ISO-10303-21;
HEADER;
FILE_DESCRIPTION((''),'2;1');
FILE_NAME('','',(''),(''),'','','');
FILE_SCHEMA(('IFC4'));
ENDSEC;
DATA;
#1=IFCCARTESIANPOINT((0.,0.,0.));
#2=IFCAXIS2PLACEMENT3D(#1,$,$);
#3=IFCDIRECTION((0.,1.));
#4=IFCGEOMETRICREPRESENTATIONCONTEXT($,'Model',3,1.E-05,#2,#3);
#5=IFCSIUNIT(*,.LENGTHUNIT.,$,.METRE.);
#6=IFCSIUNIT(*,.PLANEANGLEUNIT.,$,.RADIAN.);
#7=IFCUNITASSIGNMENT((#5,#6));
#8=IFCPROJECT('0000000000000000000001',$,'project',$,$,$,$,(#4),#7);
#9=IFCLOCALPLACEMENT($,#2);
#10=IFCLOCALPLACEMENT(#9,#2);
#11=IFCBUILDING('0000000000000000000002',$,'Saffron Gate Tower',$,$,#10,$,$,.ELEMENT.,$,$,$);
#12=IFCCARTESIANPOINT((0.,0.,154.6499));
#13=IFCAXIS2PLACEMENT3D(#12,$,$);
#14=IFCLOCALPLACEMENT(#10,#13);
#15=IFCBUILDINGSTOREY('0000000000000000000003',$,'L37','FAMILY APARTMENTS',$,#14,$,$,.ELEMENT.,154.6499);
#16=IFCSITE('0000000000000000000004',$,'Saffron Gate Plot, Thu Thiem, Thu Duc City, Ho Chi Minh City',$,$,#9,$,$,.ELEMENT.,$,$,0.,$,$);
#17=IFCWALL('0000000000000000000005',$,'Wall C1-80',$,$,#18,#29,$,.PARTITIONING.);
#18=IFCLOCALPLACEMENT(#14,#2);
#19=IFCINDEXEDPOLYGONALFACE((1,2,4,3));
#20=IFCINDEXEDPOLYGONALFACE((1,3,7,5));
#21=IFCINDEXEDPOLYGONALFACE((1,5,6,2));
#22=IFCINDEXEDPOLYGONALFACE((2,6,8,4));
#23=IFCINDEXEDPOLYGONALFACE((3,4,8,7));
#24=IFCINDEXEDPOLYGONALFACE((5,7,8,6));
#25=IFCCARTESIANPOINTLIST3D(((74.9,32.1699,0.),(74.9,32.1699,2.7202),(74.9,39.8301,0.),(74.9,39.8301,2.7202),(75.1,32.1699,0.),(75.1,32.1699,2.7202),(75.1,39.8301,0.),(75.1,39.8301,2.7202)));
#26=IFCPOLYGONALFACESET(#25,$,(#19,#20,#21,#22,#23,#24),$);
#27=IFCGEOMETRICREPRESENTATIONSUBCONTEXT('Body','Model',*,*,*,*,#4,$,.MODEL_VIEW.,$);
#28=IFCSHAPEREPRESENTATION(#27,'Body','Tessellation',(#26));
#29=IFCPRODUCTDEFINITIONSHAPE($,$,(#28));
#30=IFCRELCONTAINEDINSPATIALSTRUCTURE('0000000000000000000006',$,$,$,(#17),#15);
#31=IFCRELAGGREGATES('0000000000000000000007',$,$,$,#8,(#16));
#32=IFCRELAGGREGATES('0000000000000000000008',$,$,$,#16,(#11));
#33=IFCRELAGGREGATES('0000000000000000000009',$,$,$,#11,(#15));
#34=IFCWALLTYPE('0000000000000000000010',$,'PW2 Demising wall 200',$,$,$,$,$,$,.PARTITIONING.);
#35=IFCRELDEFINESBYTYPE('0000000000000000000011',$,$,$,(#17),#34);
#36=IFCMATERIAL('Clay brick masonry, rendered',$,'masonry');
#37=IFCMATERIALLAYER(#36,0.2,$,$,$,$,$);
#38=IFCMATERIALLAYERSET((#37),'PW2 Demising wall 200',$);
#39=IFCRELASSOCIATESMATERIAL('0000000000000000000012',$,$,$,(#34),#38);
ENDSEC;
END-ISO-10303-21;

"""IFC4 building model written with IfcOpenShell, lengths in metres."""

from ifc_helpers import new_model, si_unit, direction, frame, frame_2d, origin, place, context, subcontext, project, spatial, rectangle, extrude, material, layer, layer_set, type_object, element, save


model = new_model("IFC4")

# Units and contexts
model_context = context("Model", 3, precision=1e-05, world=origin(), true_north=direction((0.0, 1.0)))
body_context = subcontext(model_context, "Body", "Model", "MODEL_VIEW")
ifc_project = project(units=[si_unit("LENGTHUNIT", "METRE"), si_unit("PLANEANGLEUNIT", "RADIAN")], contexts=[model_context])

# Site, building, storey
site_placement = place(None, origin())
site = spatial("IfcSite", under=ifc_project, at=site_placement, Name="Saffron Gate Plot, Thu Thiem, Thu Duc City, Ho Chi Minh City", CompositionType="ELEMENT", RefElevation=0.0)
building_placement = place(site_placement, origin())
building = spatial("IfcBuilding", under=site, at=building_placement, Name="Saffron Gate Tower", CompositionType="ELEMENT")
storey_placement = place(building_placement, frame((0.0, 0.0, 154.6499)))
storey = spatial("IfcBuildingStorey", under=building, at=storey_placement, Name="L37", Description="FAMILY APARTMENTS", CompositionType="ELEMENT", Elevation=154.6499)

# Wall
ifc_material_1 = material(Name="Clay brick masonry, rendered", Category="masonry")
ifc_layer_1 = layer(ifc_material_1, 0.2)
ifc_layer_set_1 = layer_set([ifc_layer_1], Name="PW2 Demising wall 200")
wall_type_1 = type_object("IfcWallType", Name="PW2 Demising wall 200", PredefinedType="PARTITIONING", material=ifc_layer_set_1)
wall_1_placement = place(storey_placement, frame((75.0, 39.8301, 0.0), z_axis=(0.0, 0.0, 1.0), x_axis=(0.0, -1.0, 0.0)))
element("IfcWall", 1, at=wall_1_placement, inside=storey, type_object=wall_type_1, Name="Wall C1-80", PredefinedType="PARTITIONING", context=body_context, shape_type="SweptSolid", body=[
    extrude(rectangle(XDim=7.6602, YDim=0.2, at=frame_2d((3.8301, 0.0))), origin(), (0.0, 0.0, 1.0), 2.7202),
])

save(model, "model.ifc")
